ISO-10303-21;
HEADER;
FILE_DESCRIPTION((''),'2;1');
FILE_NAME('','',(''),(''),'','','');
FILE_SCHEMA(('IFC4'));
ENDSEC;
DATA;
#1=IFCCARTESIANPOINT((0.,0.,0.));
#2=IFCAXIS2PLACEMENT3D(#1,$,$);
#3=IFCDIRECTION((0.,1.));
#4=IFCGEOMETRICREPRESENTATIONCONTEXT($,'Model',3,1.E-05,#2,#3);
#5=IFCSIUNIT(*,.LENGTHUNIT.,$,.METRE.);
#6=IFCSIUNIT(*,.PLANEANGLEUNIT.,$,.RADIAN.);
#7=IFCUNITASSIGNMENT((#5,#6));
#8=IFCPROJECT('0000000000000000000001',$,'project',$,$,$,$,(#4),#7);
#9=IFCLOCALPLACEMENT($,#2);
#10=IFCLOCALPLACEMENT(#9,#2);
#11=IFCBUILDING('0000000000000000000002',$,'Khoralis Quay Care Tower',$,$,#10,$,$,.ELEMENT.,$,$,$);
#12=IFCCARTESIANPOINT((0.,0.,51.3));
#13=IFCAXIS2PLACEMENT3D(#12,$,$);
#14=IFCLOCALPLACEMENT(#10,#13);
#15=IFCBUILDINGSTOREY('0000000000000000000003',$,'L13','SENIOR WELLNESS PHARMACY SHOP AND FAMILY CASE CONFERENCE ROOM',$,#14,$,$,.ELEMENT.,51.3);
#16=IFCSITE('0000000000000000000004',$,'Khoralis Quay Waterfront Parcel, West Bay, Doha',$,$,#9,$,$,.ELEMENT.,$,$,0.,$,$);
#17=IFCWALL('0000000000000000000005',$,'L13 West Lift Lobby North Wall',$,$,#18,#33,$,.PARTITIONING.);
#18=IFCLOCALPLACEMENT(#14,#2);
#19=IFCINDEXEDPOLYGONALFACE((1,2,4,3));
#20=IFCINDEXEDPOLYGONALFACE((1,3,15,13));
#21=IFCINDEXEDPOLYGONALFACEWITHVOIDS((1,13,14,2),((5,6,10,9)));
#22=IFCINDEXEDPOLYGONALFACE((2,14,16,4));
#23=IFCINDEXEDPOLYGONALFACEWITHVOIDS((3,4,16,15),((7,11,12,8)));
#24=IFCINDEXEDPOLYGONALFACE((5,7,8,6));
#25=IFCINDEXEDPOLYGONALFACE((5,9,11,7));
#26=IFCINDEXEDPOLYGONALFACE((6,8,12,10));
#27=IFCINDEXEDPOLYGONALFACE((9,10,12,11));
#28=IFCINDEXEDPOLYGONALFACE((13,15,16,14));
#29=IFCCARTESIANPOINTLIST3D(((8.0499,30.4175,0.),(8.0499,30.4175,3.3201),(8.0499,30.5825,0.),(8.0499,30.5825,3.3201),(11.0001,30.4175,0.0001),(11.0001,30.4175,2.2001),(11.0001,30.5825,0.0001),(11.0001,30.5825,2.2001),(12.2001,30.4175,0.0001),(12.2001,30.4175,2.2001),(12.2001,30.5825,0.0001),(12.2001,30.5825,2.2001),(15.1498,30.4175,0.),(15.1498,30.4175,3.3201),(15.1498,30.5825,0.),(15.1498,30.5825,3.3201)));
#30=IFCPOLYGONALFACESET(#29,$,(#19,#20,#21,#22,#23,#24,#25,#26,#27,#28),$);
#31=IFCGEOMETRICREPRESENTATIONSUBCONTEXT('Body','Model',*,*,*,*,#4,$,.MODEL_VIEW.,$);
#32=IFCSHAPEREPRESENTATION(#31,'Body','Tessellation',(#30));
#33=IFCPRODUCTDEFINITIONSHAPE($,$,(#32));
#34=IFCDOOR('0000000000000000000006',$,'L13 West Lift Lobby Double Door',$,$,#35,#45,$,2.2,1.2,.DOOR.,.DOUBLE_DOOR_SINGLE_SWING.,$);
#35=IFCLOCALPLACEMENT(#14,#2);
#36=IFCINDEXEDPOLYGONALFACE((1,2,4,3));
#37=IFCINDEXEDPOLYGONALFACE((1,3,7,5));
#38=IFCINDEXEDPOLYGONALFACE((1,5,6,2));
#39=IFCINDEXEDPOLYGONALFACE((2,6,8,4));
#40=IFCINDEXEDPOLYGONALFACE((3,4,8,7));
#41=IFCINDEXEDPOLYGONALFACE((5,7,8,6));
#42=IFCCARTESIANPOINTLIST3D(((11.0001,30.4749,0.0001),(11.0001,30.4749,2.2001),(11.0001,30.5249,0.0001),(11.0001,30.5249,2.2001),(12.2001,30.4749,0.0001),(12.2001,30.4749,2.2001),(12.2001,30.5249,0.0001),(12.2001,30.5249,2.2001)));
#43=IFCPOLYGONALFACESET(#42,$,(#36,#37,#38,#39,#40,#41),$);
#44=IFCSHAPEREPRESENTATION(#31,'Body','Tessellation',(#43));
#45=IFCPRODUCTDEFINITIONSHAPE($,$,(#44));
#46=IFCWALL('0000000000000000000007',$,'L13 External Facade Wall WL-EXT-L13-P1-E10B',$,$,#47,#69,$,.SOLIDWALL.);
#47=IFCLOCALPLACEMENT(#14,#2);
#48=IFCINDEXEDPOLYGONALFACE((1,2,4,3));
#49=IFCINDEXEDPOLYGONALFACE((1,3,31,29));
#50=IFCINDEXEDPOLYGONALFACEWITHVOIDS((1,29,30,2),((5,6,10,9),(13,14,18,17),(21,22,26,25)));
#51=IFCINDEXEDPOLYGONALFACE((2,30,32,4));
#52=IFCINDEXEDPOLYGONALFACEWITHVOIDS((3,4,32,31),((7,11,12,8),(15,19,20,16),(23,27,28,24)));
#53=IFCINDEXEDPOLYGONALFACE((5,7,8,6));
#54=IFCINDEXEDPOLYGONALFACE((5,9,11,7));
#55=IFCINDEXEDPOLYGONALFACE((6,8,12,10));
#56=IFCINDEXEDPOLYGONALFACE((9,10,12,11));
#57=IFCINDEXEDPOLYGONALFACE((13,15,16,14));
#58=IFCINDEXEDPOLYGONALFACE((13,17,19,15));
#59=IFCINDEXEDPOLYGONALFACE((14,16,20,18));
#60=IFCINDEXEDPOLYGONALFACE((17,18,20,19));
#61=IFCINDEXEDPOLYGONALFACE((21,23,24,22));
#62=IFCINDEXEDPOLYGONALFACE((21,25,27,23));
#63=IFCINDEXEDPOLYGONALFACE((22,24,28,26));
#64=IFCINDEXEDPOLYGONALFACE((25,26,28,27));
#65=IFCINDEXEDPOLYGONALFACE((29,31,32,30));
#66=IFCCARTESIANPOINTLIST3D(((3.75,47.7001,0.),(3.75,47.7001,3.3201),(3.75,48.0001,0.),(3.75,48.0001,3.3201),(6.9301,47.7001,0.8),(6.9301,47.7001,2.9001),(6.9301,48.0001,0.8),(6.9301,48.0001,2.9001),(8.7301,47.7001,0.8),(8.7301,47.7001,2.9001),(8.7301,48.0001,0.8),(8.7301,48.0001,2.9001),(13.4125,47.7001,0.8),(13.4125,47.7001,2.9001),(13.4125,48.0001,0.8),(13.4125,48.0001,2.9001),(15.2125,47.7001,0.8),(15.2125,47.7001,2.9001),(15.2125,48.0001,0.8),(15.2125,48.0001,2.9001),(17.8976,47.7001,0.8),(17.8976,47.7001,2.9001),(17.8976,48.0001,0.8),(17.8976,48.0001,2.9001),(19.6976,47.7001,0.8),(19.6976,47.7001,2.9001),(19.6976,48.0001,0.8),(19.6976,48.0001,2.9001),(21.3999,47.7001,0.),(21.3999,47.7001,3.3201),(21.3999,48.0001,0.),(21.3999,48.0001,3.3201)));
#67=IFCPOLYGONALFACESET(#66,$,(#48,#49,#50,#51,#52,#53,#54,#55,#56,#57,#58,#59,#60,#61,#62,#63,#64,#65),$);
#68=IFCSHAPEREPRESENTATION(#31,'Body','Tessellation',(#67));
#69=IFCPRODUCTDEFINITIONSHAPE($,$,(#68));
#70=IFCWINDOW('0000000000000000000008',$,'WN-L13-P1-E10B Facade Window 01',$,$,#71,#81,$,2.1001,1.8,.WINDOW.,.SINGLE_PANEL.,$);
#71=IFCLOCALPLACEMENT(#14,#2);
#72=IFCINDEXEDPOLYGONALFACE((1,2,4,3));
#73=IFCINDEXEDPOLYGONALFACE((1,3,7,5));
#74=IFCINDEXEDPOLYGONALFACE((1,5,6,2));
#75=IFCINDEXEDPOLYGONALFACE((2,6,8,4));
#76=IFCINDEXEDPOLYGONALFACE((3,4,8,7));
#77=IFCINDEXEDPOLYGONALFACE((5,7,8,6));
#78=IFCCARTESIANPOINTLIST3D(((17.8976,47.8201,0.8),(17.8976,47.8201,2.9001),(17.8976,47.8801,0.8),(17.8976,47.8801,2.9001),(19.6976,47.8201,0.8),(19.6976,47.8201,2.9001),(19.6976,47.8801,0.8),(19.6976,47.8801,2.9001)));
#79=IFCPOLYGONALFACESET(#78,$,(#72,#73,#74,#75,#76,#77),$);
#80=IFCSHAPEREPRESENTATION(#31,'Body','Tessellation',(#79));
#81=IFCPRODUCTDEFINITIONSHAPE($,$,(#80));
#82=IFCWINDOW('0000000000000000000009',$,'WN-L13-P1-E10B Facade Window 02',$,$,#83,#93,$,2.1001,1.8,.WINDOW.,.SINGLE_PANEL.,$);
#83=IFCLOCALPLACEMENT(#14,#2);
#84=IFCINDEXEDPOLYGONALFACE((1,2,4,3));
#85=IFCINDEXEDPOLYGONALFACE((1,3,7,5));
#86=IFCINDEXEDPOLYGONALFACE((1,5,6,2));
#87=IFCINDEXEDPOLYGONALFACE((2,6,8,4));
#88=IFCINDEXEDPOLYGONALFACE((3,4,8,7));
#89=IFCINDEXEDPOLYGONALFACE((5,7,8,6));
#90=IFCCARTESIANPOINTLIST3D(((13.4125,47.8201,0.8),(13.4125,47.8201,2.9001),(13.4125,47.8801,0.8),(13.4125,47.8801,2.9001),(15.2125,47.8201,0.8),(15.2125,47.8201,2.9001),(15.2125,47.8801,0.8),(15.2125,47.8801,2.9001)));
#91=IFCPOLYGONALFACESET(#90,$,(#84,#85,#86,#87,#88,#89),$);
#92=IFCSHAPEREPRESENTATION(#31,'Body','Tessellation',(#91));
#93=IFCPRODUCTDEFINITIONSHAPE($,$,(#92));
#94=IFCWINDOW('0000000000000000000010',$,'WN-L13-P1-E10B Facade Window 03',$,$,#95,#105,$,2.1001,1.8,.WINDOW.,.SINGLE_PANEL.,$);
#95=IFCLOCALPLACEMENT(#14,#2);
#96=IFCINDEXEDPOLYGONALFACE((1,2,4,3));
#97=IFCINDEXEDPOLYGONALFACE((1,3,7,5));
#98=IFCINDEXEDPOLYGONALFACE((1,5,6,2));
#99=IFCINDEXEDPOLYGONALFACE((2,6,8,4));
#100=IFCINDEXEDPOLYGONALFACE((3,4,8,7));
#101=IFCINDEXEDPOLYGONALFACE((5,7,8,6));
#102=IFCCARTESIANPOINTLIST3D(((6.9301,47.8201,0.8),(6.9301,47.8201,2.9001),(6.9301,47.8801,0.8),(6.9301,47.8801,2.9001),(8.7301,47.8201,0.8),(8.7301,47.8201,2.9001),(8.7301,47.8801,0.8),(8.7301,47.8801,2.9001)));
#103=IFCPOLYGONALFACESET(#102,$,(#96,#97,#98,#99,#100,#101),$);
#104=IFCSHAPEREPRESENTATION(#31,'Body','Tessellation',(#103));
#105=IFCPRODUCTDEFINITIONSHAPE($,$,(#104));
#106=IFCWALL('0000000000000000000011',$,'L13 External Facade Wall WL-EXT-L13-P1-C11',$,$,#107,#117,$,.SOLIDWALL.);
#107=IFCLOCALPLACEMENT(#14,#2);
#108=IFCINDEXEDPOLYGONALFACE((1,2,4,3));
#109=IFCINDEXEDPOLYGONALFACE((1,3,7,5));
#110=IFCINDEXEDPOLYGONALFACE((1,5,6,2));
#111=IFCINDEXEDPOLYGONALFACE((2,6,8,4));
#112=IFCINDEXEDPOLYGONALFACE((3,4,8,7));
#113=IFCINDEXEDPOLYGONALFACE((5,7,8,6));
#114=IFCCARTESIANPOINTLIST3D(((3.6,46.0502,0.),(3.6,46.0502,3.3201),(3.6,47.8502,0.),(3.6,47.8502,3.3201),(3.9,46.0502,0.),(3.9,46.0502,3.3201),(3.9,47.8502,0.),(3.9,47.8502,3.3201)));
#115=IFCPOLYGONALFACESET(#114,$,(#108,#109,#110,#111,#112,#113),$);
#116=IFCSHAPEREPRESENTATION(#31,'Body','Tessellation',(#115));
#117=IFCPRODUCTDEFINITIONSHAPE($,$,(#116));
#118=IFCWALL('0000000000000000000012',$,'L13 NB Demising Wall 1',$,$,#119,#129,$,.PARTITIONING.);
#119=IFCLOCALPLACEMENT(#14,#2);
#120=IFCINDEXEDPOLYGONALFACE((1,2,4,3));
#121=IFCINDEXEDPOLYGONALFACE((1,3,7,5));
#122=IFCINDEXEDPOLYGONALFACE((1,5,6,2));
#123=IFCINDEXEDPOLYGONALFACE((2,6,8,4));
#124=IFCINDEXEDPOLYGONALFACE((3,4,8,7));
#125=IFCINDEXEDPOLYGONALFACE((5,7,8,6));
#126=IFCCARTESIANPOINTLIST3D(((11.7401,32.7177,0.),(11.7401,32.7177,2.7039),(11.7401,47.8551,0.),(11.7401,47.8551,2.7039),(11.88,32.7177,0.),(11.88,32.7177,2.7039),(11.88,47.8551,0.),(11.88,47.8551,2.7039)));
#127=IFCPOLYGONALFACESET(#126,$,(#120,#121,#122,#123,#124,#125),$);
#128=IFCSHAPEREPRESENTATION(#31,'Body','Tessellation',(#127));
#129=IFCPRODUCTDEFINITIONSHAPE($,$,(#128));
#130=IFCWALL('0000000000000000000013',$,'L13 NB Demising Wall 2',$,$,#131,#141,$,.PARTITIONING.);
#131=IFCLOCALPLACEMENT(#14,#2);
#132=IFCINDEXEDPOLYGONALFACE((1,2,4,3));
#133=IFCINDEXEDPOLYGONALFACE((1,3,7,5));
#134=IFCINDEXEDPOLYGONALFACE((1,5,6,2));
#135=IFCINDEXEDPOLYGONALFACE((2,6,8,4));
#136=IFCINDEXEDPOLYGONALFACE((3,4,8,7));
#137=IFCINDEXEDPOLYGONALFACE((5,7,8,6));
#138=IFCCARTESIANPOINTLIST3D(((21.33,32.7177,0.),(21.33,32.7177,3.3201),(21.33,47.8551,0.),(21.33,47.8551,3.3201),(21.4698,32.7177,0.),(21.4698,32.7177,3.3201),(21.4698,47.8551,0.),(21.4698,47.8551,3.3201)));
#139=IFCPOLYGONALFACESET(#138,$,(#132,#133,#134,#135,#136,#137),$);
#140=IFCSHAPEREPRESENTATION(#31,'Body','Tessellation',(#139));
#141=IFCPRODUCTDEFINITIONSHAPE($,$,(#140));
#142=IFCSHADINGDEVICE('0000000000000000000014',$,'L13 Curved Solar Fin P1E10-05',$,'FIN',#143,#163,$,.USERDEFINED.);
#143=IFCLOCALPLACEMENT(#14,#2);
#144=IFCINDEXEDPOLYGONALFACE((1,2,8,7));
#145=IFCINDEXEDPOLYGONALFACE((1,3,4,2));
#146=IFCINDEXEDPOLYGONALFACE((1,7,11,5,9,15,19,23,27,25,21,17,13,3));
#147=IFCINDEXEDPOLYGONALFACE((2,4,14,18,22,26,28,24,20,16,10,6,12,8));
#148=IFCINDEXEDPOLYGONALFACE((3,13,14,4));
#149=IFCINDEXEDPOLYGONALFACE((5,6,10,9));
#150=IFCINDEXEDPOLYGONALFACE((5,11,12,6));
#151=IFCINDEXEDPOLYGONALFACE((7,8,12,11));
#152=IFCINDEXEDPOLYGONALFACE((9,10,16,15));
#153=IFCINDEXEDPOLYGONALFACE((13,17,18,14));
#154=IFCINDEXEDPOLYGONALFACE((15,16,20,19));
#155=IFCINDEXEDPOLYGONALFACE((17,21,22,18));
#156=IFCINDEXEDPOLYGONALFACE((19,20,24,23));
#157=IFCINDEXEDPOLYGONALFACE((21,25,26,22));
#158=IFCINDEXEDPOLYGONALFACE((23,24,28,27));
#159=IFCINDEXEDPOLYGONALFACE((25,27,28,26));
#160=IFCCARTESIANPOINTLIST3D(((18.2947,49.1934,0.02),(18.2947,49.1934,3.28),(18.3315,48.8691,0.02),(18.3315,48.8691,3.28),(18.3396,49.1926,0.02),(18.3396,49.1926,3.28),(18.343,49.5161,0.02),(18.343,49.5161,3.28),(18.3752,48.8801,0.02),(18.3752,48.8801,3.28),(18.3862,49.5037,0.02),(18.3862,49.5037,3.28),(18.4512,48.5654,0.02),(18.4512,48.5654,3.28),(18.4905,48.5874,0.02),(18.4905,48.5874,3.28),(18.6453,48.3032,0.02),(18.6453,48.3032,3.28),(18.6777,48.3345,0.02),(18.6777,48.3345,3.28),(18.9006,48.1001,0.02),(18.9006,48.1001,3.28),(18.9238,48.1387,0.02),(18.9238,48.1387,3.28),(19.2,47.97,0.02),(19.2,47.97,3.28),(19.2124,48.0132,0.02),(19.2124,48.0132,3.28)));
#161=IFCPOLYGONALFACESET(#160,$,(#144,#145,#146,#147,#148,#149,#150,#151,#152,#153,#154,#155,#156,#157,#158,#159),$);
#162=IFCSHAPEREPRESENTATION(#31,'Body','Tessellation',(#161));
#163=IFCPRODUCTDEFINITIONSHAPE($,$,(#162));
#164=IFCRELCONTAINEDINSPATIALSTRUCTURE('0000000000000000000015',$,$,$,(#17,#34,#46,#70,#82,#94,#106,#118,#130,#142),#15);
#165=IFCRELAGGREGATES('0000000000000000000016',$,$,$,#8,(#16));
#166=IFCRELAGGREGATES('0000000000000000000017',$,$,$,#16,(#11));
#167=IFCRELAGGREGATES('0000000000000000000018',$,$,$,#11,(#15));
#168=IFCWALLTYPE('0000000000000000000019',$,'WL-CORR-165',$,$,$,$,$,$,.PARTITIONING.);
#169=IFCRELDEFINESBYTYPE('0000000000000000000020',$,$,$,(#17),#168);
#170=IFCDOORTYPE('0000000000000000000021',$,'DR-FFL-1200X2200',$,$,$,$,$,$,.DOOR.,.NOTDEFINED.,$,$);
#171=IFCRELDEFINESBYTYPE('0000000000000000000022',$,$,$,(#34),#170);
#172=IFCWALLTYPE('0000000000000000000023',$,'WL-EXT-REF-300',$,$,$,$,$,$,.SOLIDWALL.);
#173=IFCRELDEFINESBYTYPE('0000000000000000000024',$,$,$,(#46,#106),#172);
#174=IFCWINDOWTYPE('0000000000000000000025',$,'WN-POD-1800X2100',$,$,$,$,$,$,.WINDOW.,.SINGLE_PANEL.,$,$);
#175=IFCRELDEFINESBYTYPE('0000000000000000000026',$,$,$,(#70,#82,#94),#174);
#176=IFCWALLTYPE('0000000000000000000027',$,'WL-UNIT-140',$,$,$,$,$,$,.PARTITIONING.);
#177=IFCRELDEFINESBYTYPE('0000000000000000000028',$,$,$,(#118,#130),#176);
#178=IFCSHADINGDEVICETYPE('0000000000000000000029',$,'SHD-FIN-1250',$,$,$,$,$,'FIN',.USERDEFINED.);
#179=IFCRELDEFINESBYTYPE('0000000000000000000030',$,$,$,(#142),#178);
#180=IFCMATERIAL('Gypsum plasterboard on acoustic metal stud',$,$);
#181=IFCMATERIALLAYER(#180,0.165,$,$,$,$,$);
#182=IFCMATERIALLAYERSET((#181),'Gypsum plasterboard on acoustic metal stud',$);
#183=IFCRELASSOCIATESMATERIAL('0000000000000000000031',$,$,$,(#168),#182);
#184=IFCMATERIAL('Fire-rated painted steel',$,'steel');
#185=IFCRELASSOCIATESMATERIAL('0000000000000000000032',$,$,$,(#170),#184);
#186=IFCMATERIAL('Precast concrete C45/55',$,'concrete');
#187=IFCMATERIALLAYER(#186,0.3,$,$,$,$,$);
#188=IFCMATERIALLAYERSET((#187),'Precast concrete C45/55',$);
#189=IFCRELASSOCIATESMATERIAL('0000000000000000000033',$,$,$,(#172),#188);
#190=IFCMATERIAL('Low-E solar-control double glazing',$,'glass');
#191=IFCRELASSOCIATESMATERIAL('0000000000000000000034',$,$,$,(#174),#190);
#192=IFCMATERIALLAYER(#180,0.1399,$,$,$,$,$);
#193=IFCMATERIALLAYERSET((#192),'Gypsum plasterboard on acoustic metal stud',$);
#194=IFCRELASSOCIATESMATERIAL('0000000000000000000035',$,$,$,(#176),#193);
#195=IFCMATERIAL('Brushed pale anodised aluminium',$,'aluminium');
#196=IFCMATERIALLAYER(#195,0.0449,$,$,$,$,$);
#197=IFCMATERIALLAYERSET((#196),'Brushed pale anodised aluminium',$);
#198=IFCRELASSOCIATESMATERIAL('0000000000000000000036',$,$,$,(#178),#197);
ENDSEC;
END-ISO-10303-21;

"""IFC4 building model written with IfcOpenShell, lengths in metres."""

from ifc_helpers import new_model, si_unit, direction, frame, frame_2d, origin, place, context, subcontext, project, spatial, polyline, rectangle, outline, extrude, source, transform, mapped, material, layer, layer_set, type_object, element, fill, save


model = new_model("IFC4")

# Units and contexts
model_context = context("Model", 3, precision=1e-05, world=origin(), true_north=direction((0.0, 1.0)))
body_context = subcontext(model_context, "Body", "Model", "MODEL_VIEW")
ifc_project = project(units=[si_unit("LENGTHUNIT", "METRE"), si_unit("PLANEANGLEUNIT", "RADIAN")], contexts=[model_context])

# Site, building, storey
site_placement = place(None, origin())
site = spatial("IfcSite", under=ifc_project, at=site_placement, Name="Khoralis Quay Waterfront Parcel, West Bay, Doha", CompositionType="ELEMENT", RefElevation=0.0)
building_placement = place(site_placement, origin())
building = spatial("IfcBuilding", under=site, at=building_placement, Name="Khoralis Quay Care Tower", CompositionType="ELEMENT")
storey_placement = place(building_placement, frame((0.0, 0.0, 51.3)))
storey = spatial("IfcBuildingStorey", under=building, at=storey_placement, Name="L13", Description="SENIOR WELLNESS PHARMACY SHOP AND FAMILY CASE CONFERENCE ROOM", CompositionType="ELEMENT", Elevation=51.3)

# Wall, opening, door
ifc_material_1 = material(Name="Gypsum plasterboard on acoustic metal stud")
ifc_layer_1 = layer(ifc_material_1, 0.165)
ifc_layer_set_1 = layer_set([ifc_layer_1], Name="Gypsum plasterboard on acoustic metal stud")
wall_type_1 = type_object("IfcWallType", Name="WL-CORR-165", PredefinedType="PARTITIONING", material=ifc_layer_set_1)
wall_1_placement = place(storey_placement, frame((8.05, 30.5, 0.0), z_axis=(0.0, 0.0, 1.0), x_axis=(1.0, 0.0, 0.0)))
wall_1 = element("IfcWall", 1, at=wall_1_placement, inside=storey, type_object=wall_type_1, Name="L13 West Lift Lobby North Wall", PredefinedType="PARTITIONING", context=body_context, shape_type="SweptSolid", body=[
    extrude(rectangle(XDim=7.0999, YDim=0.165, at=frame_2d((3.5498, 0.0))), origin(), (0.0, 0.0, 1.0), 3.3201),
])
opening_1_placement = place(wall_1_placement, frame((2.95, 0.0, 0.0)))
opening_1 = element("IfcOpeningElement", 2, at=opening_1_placement, cuts=wall_1, PredefinedType="OPENING", context=body_context, shape_type="SweptSolid", body=[
    extrude(rectangle(XDim=1.2, YDim=2.2, at=frame_2d((0.6001, 1.1001))), frame((0.0, 0.0925, 0.0), z_axis=(0.0, -1.0, 0.0), x_axis=(1.0, 0.0, 0.0)), (0.0, 0.0, 1.0), 0.1851),
])
ifc_material_2 = material(Name="Fire-rated painted steel", Category="steel")
door_type = type_object("IfcDoorType", Name="DR-FFL-1200X2200", OperationType="NOTDEFINED", PredefinedType="DOOR", material=ifc_material_2)
shared_shape_1 = source(origin(), body_context, "Body", "SweptSolid", [
    extrude(rectangle(XDim=1.2, YDim=2.2, at=frame_2d((0.6001, 1.1001))), frame((0.0, 0.0249, 0.0), z_axis=(0.0, -1.0, 0.0), x_axis=(1.0, 0.0, 0.0)), (0.0, 0.0, 1.0), 0.05),
])
door_placement = place(opening_1_placement, origin())
door = element("IfcDoor", 3, at=door_placement, inside=storey, type_object=door_type, Name="L13 West Lift Lobby Double Door", OperationType="DOUBLE_DOOR_SINGLE_SWING", OverallHeight=2.2, OverallWidth=1.2, PredefinedType="DOOR", context=body_context, shape_type="MappedRepresentation", body=[
    mapped(shared_shape_1, transform((0.0, 0.0, 0.0), scale=1.0)),
])
fill(opening_1, door)

# Wall, openings, windows
ifc_material_3 = material(Name="Precast concrete C45/55", Category="concrete")
ifc_layer_2 = layer(ifc_material_3, 0.3)
ifc_layer_set_2 = layer_set([ifc_layer_2], Name="Precast concrete C45/55")
wall_type_2 = type_object("IfcWallType", Name="WL-EXT-REF-300", PredefinedType="SOLIDWALL", material=ifc_layer_set_2)
wall_2_placement = place(storey_placement, frame((21.3999, 47.8501, 0.0), z_axis=(0.0, 0.0, 1.0), x_axis=(-1.0, 0.0, 0.0)))
wall_2 = element("IfcWall", 4, at=wall_2_placement, inside=storey, type_object=wall_type_2, Name="L13 External Facade Wall WL-EXT-L13-P1-E10B", PredefinedType="SOLIDWALL", context=body_context, shape_type="SweptSolid", body=[
    extrude(rectangle(XDim=17.6499, YDim=0.3, at=frame_2d((8.825, 0.0))), origin(), (0.0, 0.0, 1.0), 3.3201),
])
opening_2_placement = place(wall_2_placement, frame((1.7024, 0.0, 0.8)))
opening_2 = element("IfcOpeningElement", 5, at=opening_2_placement, cuts=wall_2, PredefinedType="OPENING", context=body_context, shape_type="SweptSolid", body=[
    extrude(rectangle(XDim=1.8, YDim=2.1001, at=frame_2d((0.8999, 1.05))), frame((0.0, 0.1602, 0.0), z_axis=(0.0, -1.0, 0.0), x_axis=(1.0, 0.0, 0.0)), (0.0, 0.0, 1.0), 0.3201),
])
opening_3_placement = place(wall_2_placement, frame((6.1875, 0.0, 0.8)))
opening_3 = element("IfcOpeningElement", 6, at=opening_3_placement, cuts=wall_2, PredefinedType="OPENING", context=body_context, shape_type="SweptSolid", body=[
    extrude(rectangle(XDim=1.8, YDim=2.1001, at=frame_2d((0.8999, 1.05))), frame((0.0, 0.1602, 0.0), z_axis=(0.0, -1.0, 0.0), x_axis=(1.0, 0.0, 0.0)), (0.0, 0.0, 1.0), 0.3201),
])
opening_4_placement = place(wall_2_placement, frame((12.6699, 0.0, 0.8)))
opening_4 = element("IfcOpeningElement", 7, at=opening_4_placement, cuts=wall_2, PredefinedType="OPENING", context=body_context, shape_type="SweptSolid", body=[
    extrude(rectangle(XDim=1.8, YDim=2.1001, at=frame_2d((0.8999, 1.05))), frame((0.0, 0.1602, 0.0), z_axis=(0.0, -1.0, 0.0), x_axis=(1.0, 0.0, 0.0)), (0.0, 0.0, 1.0), 0.3201),
])
ifc_material_4 = material(Name="Low-E solar-control double glazing", Category="glass")
window_type = type_object("IfcWindowType", Name="WN-POD-1800X2100", PartitioningType="SINGLE_PANEL", PredefinedType="WINDOW", material=ifc_material_4)
shared_shape_2 = source(origin(), body_context, "Body", "SweptSolid", [
    extrude(rectangle(XDim=1.8, YDim=2.1001, at=frame_2d((0.8999, 1.05))), frame((0.0, 0.03, 0.0), z_axis=(0.0, -1.0, 0.0), x_axis=(1.0, 0.0, 0.0)), (0.0, 0.0, 1.0), 0.0601),
])
window_1_placement = place(opening_2_placement, origin())
window_1 = element("IfcWindow", 8, at=window_1_placement, inside=storey, type_object=window_type, Name="WN-L13-P1-E10B Facade Window 01", OverallHeight=2.1001, OverallWidth=1.8, PartitioningType="SINGLE_PANEL", PredefinedType="WINDOW", context=body_context, shape_type="MappedRepresentation", body=[
    mapped(shared_shape_2, transform((0.0, 0.0, 0.0), scale=1.0)),
])
fill(opening_2, window_1)
window_2_placement = place(opening_3_placement, origin())
window_2 = element("IfcWindow", 9, at=window_2_placement, inside=storey, type_object=window_type, Name="WN-L13-P1-E10B Facade Window 02", OverallHeight=2.1001, OverallWidth=1.8, PartitioningType="SINGLE_PANEL", PredefinedType="WINDOW", context=body_context, shape_type="MappedRepresentation", body=[
    mapped(shared_shape_2, transform((0.0, 0.0, 0.0), scale=1.0)),
])
fill(opening_3, window_2)
window_3_placement = place(opening_4_placement, origin())
window_3 = element("IfcWindow", 10, at=window_3_placement, inside=storey, type_object=window_type, Name="WN-L13-P1-E10B Facade Window 03", OverallHeight=2.1001, OverallWidth=1.8, PartitioningType="SINGLE_PANEL", PredefinedType="WINDOW", context=body_context, shape_type="MappedRepresentation", body=[
    mapped(shared_shape_2, transform((0.0, 0.0, 0.0), scale=1.0)),
])
fill(opening_4, window_3)

# Walls
wall_3_placement = place(storey_placement, frame((3.75, 47.8501, 0.0), z_axis=(0.0, 0.0, 1.0), x_axis=(0.0, -1.0, 0.0)))
element("IfcWall", 11, at=wall_3_placement, inside=storey, type_object=wall_type_2, Name="L13 External Facade Wall WL-EXT-L13-P1-C11", PredefinedType="SOLIDWALL", context=body_context, shape_type="SweptSolid", body=[
    extrude(rectangle(XDim=1.8, YDim=0.3, at=frame_2d((0.8999, 0.0))), origin(), (0.0, 0.0, 1.0), 3.3201),
])
ifc_layer_3 = layer(ifc_material_1, 0.1399)
ifc_layer_set_3 = layer_set([ifc_layer_3], Name="Gypsum plasterboard on acoustic metal stud")
wall_type_3 = type_object("IfcWallType", Name="WL-UNIT-140", PredefinedType="PARTITIONING", material=ifc_layer_set_3)
wall_4_placement = place(storey_placement, frame((11.8101, 32.7175, 0.0), z_axis=(0.0, 0.0, 1.0), x_axis=(0.0, 1.0, 0.0)))
element("IfcWall", 12, at=wall_4_placement, inside=storey, type_object=wall_type_3, Name="L13 NB Demising Wall 1", PredefinedType="PARTITIONING", context=body_context, shape_type="SweptSolid", body=[
    extrude(rectangle(XDim=15.1375, YDim=0.1399, at=frame_2d((7.5688, 0.0))), origin(), (0.0, 0.0, 1.0), 2.7039),
])
wall_5_placement = place(storey_placement, frame((21.3999, 32.7175, 0.0), z_axis=(0.0, 0.0, 1.0), x_axis=(0.0, 1.0, 0.0)))
element("IfcWall", 13, at=wall_5_placement, inside=storey, type_object=wall_type_3, Name="L13 NB Demising Wall 2", PredefinedType="PARTITIONING", context=body_context, shape_type="SweptSolid", body=[
    extrude(rectangle(XDim=15.1375, YDim=0.1399, at=frame_2d((7.5688, 0.0))), origin(), (0.0, 0.0, 1.0), 3.3201),
])

# Shading device
ifc_material_5 = material(Name="Brushed pale anodised aluminium", Category="aluminium")
ifc_layer_4 = layer(ifc_material_5, 0.0449)
ifc_layer_set_4 = layer_set([ifc_layer_4], Name="Brushed pale anodised aluminium")
shading_device_type = type_object("IfcShadingDeviceType", Name="SHD-FIN-1250", ElementType="FIN", PredefinedType="USERDEFINED", material=ifc_layer_set_4)
shared_shape_3 = source(origin(), body_context, "Body", "SweptSolid", [
    extrude(outline(polyline([(0.0, 0.0), (0.1301, 0.2993), (0.3333, 0.5547), (0.5955, 0.7488), (0.8992, 0.8684), (1.2234, 0.9053), (1.5461, 0.8569), (1.5337, 0.8137), (1.2227, 0.8604), (0.9102, 0.8247), (0.6174, 0.7095), (0.3645, 0.5222), (0.1687, 0.2761), (0.0432, -0.0125), (0.0, 0.0)])), origin(), (0.0, 0.0, 1.0), 3.26),
])
for number, where, z_axis, x_axis, name in (
    (14, (19.2, 47.97, 0.02), (0.0, 0.0, 1.0), (0.0, 1.0, 0.0), "L13 Curved Solar Fin P1E10-05"),
):
    element("IfcShadingDevice", number, at=place(storey_placement, frame(where, z_axis=z_axis, x_axis=x_axis)), inside=storey, type_object=shading_device_type, Name=name, ObjectType="FIN", PredefinedType="USERDEFINED", context=body_context, shape_type="MappedRepresentation", body=[
        mapped(shared_shape_3, transform((0.0, 0.0, 0.0), scale=1.0)),
    ])

save(model, "model.ifc")
